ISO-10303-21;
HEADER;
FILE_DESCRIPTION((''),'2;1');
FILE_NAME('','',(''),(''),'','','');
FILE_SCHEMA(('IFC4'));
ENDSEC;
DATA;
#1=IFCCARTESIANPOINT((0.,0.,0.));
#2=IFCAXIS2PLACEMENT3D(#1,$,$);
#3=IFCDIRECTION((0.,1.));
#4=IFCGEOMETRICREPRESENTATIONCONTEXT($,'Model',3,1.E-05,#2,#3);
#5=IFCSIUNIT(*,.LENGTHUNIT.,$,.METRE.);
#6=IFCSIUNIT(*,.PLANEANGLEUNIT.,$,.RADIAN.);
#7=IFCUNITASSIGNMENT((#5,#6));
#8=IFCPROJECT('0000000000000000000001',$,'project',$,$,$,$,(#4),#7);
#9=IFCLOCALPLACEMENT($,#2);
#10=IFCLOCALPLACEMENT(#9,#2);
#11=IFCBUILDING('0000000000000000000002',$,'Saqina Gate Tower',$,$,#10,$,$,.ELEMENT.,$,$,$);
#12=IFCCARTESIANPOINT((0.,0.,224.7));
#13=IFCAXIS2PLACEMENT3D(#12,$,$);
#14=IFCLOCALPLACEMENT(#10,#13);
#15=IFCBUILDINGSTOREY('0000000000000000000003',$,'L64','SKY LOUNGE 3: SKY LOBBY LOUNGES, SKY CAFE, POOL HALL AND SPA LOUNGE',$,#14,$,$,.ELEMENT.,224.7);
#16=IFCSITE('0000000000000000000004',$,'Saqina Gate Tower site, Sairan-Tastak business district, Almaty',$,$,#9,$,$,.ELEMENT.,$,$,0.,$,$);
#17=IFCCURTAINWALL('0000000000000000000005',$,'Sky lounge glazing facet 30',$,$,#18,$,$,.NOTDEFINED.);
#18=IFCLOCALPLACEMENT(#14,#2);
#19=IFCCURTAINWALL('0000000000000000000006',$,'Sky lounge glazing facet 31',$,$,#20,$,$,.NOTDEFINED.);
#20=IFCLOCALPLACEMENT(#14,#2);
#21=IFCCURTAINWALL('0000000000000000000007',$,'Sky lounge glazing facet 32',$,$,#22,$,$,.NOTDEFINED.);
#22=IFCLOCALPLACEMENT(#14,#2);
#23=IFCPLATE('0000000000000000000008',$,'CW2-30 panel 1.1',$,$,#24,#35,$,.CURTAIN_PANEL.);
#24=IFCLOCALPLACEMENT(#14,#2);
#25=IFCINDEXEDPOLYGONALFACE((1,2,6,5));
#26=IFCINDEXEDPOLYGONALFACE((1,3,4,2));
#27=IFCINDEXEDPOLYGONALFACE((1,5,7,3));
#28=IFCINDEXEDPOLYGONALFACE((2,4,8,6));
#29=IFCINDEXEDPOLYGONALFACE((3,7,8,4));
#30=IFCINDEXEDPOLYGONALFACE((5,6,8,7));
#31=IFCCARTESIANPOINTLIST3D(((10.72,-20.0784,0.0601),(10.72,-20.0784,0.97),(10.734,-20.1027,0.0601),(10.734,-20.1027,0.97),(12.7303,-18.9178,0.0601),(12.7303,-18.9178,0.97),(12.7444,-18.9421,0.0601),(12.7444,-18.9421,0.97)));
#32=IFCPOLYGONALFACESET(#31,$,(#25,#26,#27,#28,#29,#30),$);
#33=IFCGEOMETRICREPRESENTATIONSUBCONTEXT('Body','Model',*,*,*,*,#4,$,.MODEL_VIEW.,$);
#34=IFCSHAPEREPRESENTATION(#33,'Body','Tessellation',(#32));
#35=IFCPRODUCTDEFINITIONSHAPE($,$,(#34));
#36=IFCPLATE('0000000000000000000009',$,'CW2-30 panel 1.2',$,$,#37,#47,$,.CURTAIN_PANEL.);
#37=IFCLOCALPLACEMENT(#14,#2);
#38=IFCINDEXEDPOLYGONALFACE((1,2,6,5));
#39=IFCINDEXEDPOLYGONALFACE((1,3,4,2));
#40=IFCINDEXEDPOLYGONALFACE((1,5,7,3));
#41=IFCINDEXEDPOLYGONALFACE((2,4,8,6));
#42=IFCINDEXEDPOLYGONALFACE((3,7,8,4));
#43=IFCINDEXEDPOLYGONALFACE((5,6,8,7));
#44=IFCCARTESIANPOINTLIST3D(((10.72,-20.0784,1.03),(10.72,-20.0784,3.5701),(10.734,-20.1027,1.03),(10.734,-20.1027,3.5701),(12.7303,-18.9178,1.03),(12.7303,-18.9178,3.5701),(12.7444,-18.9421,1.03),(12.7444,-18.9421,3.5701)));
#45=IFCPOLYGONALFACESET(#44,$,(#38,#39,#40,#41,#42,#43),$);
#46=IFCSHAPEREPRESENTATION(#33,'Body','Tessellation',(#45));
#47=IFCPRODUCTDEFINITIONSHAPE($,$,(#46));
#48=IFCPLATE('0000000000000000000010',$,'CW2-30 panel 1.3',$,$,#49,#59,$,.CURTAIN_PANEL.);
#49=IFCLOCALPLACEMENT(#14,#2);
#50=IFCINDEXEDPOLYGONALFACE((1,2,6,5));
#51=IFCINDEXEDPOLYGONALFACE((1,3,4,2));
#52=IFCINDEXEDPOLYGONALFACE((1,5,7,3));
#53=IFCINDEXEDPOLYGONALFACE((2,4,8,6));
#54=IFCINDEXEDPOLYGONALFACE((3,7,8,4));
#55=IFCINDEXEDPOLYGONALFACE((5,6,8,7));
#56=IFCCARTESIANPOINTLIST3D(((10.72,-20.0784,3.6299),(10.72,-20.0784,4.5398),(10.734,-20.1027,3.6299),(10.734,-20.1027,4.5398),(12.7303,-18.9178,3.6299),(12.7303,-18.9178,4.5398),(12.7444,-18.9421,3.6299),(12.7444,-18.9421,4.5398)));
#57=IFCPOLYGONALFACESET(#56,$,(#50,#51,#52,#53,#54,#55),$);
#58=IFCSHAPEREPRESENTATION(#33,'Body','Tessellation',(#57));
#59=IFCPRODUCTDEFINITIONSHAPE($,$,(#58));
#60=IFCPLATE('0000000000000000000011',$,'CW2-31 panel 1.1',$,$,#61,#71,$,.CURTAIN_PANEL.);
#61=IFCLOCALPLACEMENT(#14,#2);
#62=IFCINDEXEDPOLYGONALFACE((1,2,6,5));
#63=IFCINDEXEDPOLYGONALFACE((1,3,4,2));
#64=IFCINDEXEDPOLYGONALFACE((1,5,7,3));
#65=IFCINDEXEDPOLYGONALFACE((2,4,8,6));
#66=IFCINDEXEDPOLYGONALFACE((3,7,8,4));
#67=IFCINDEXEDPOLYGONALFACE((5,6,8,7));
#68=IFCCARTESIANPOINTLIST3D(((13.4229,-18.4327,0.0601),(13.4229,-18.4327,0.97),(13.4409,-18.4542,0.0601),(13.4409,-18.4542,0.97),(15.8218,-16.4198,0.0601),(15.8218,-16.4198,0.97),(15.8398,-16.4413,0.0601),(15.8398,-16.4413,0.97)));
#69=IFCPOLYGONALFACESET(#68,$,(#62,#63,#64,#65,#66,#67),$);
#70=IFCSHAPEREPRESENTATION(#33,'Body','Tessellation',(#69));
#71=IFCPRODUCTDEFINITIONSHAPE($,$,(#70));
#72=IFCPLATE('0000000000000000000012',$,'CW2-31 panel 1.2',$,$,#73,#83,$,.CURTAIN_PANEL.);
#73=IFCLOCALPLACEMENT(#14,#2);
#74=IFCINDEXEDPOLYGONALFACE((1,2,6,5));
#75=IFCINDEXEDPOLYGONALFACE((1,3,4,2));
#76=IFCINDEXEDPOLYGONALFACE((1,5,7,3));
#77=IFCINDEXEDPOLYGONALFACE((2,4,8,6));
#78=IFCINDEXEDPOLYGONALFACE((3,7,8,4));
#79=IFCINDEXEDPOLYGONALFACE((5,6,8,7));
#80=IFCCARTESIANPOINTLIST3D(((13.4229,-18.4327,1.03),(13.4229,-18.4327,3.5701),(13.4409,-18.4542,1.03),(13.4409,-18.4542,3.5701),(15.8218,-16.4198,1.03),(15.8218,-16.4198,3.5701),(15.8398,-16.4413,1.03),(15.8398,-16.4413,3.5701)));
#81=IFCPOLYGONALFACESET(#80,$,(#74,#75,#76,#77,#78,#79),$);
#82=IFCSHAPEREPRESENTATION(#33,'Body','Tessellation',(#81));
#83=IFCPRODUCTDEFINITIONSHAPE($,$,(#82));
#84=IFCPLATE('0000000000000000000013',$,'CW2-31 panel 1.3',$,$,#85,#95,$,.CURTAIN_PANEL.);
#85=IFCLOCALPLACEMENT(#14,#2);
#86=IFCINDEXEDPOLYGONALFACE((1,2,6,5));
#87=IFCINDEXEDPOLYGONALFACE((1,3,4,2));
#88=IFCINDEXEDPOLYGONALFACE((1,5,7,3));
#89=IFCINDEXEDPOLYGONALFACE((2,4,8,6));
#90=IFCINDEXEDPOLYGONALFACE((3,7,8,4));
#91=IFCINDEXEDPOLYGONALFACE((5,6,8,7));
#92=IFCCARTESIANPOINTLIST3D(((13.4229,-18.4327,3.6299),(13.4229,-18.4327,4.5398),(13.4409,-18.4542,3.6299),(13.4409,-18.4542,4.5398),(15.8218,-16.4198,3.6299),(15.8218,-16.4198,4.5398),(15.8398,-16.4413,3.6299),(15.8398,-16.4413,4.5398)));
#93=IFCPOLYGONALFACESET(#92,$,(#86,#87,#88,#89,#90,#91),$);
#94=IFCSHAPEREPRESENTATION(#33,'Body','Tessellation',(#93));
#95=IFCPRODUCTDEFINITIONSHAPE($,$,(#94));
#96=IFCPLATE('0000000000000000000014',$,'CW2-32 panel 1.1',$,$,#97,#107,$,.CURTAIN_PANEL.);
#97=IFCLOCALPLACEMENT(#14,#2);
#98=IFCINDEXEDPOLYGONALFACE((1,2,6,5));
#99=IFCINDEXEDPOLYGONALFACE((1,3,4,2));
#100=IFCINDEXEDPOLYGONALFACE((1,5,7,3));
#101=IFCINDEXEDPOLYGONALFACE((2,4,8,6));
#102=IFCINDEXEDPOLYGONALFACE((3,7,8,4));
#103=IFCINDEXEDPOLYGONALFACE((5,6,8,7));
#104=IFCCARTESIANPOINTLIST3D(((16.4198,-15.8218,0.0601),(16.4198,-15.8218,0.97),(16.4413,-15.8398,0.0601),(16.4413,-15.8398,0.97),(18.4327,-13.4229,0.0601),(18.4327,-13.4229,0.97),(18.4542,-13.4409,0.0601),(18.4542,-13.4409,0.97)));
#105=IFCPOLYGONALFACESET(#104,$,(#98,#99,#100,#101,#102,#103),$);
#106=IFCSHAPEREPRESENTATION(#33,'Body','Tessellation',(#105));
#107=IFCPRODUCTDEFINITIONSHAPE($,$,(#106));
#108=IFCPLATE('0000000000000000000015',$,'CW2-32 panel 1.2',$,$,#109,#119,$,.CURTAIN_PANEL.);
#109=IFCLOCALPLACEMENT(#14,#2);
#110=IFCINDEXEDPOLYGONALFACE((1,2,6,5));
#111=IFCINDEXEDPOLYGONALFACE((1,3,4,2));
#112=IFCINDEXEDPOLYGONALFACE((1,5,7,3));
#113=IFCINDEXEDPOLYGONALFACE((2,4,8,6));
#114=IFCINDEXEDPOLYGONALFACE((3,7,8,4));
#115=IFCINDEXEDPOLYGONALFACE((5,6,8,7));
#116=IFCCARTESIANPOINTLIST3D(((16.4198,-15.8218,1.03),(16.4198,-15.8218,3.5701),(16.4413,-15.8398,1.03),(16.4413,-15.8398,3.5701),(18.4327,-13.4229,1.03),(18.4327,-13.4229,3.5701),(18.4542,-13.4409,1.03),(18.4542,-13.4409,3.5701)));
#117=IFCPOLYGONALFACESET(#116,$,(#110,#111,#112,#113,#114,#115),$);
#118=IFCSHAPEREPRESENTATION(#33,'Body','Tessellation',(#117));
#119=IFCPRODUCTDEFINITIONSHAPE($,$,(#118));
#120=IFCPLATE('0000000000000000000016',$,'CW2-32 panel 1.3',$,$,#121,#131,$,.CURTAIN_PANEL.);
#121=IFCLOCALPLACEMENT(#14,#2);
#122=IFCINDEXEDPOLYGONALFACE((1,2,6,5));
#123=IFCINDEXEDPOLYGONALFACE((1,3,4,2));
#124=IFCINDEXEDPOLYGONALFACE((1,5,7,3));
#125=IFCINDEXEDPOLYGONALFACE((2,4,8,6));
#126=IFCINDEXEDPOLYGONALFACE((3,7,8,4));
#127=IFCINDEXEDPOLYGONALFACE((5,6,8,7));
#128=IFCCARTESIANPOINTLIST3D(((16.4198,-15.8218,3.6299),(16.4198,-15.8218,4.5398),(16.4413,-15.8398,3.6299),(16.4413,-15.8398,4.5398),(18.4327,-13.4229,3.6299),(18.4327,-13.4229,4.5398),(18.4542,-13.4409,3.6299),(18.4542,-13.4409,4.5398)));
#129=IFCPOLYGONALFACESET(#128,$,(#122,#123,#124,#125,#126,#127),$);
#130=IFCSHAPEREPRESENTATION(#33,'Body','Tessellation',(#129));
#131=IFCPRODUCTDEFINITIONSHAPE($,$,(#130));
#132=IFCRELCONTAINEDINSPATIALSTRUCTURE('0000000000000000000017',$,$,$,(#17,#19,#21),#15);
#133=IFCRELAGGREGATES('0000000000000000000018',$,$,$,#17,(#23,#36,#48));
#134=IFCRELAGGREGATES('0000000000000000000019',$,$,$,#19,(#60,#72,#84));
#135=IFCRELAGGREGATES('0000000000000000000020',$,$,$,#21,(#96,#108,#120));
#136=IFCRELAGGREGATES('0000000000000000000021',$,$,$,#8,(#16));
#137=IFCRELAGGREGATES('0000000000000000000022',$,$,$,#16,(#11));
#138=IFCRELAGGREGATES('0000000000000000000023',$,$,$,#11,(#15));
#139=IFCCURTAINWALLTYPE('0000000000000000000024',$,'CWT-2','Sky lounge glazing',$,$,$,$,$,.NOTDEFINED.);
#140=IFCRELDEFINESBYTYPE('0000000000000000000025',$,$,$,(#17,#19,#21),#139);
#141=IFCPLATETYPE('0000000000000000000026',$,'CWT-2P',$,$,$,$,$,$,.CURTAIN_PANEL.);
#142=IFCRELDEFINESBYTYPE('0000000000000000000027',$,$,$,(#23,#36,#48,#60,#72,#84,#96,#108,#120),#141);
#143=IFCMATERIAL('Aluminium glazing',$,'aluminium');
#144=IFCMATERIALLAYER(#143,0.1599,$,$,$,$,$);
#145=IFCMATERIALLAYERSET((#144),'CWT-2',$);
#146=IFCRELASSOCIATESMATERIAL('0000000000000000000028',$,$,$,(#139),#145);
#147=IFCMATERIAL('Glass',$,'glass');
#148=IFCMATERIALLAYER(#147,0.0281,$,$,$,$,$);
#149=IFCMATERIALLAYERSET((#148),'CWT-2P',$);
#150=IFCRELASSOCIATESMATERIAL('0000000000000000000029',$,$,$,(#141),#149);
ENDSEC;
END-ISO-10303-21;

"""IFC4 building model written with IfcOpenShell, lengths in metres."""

from ifc_helpers import new_model, si_unit, direction, frame, origin, origin_2d, place, context, subcontext, project, spatial, rectangle, extrude, material, layer, layer_set, type_object, element, aggregate, save


model = new_model("IFC4")

# Units and contexts
model_context = context("Model", 3, precision=1e-05, world=origin(), true_north=direction((0.0, 1.0)))
body_context = subcontext(model_context, "Body", "Model", "MODEL_VIEW")
ifc_project = project(units=[si_unit("LENGTHUNIT", "METRE"), si_unit("PLANEANGLEUNIT", "RADIAN")], contexts=[model_context])

# Site, building, storey
site_placement = place(None, origin())
site = spatial("IfcSite", under=ifc_project, at=site_placement, Name="Saqina Gate Tower site, Sairan-Tastak business district, Almaty", CompositionType="ELEMENT", RefElevation=0.0)
building_placement = place(site_placement, origin())
building = spatial("IfcBuilding", under=site, at=building_placement, Name="Saqina Gate Tower", CompositionType="ELEMENT")
storey_placement = place(building_placement, frame((0.0, 0.0, 224.7)))
storey = spatial("IfcBuildingStorey", under=building, at=storey_placement, Name="L64", Description="SKY LOUNGE 3: SKY LOBBY LOUNGES, SKY CAFE, POOL HALL AND SPA LOUNGE", CompositionType="ELEMENT", Elevation=224.7)

# Curtain wall
ifc_material_1 = material(Name="Aluminium glazing", Category="aluminium")
ifc_layer_1 = layer(ifc_material_1, 0.1599)
ifc_layer_set_1 = layer_set([ifc_layer_1], Name="CWT-2")
curtain_wall_type = type_object("IfcCurtainWallType", Name="CWT-2", Description="Sky lounge glazing", PredefinedType="NOTDEFINED", material=ifc_layer_set_1)
curtain_wall_1_placement = place(storey_placement, origin())
curtain_wall_1 = element("IfcCurtainWall", 1, at=curtain_wall_1_placement, inside=storey, type_object=curtain_wall_type, Name="Sky lounge glazing facet 30", PredefinedType="NOTDEFINED")

# Curtain wall
curtain_wall_2_placement = place(storey_placement, origin())
curtain_wall_2 = element("IfcCurtainWall", 2, at=curtain_wall_2_placement, inside=storey, type_object=curtain_wall_type, Name="Sky lounge glazing facet 31", PredefinedType="NOTDEFINED")

# Curtain wall
curtain_wall_3_placement = place(storey_placement, origin())
curtain_wall_3 = element("IfcCurtainWall", 3, at=curtain_wall_3_placement, inside=storey, type_object=curtain_wall_type, Name="Sky lounge glazing facet 32", PredefinedType="NOTDEFINED")

# Plates
ifc_material_2 = material(Name="Glass", Category="glass")
ifc_layer_2 = layer(ifc_material_2, 0.0281)
ifc_layer_set_2 = layer_set([ifc_layer_2], Name="CWT-2P")
plate_type = type_object("IfcPlateType", Name="CWT-2P", PredefinedType="CURTAIN_PANEL", material=ifc_layer_set_2)
plate_1_placement = place(storey_placement, frame((11.7322, -19.5103, 0.0601), z_axis=(0.0, 0.0, 1.0), x_axis=(0.866042, 0.499972, 0.0)))
plate_1 = element("IfcPlate", 4, at=plate_1_placement, type_object=plate_type, Name="CW2-30 panel 1.1", PredefinedType="CURTAIN_PANEL", context=body_context, shape_type="SweptSolid", body=[
    extrude(rectangle(XDim=2.3213, YDim=0.0281, at=origin_2d()), origin(), (0.0, 0.0, 1.0), 0.9099),
])
plate_2_placement = place(storey_placement, frame((11.7322, -19.5103, 1.03), z_axis=(0.0, 0.0, 1.0), x_axis=(0.866042, 0.499972, 0.0)))
plate_2 = element("IfcPlate", 5, at=plate_2_placement, type_object=plate_type, Name="CW2-30 panel 1.2", PredefinedType="CURTAIN_PANEL", context=body_context, shape_type="SweptSolid", body=[
    extrude(rectangle(XDim=2.3213, YDim=0.0281, at=origin_2d()), origin(), (0.0, 0.0, 1.0), 2.54),
])
plate_3_placement = place(storey_placement, frame((11.7322, -19.5103, 3.6299), z_axis=(0.0, 0.0, 1.0), x_axis=(0.866042, 0.499972, 0.0)))
plate_3 = element("IfcPlate", 6, at=plate_3_placement, type_object=plate_type, Name="CW2-30 panel 1.3", PredefinedType="CURTAIN_PANEL", context=body_context, shape_type="SweptSolid", body=[
    extrude(rectangle(XDim=2.3213, YDim=0.0281, at=origin_2d()), origin(), (0.0, 0.0, 1.0), 0.9099),
])
aggregate(curtain_wall_1, [plate_1, plate_2, plate_3])
plate_4_placement = place(storey_placement, frame((14.6313, -17.437, 0.0601), z_axis=(0.0, 0.0, 1.0), x_axis=(0.766046, 0.642785, 0.0)))
plate_4 = element("IfcPlate", 7, at=plate_4_placement, type_object=plate_type, Name="CW2-31 panel 1.1", PredefinedType="CURTAIN_PANEL", context=body_context, shape_type="SweptSolid", body=[
    extrude(rectangle(XDim=3.1316, YDim=0.0281, at=origin_2d()), origin(), (0.0, 0.0, 1.0), 0.9099),
])
plate_5_placement = place(storey_placement, frame((14.6313, -17.437, 1.03), z_axis=(0.0, 0.0, 1.0), x_axis=(0.766046, 0.642785, 0.0)))
plate_5 = element("IfcPlate", 8, at=plate_5_placement, type_object=plate_type, Name="CW2-31 panel 1.2", PredefinedType="CURTAIN_PANEL", context=body_context, shape_type="SweptSolid", body=[
    extrude(rectangle(XDim=3.1316, YDim=0.0281, at=origin_2d()), origin(), (0.0, 0.0, 1.0), 2.54),
])
plate_6_placement = place(storey_placement, frame((14.6313, -17.437, 3.6299), z_axis=(0.0, 0.0, 1.0), x_axis=(0.766046, 0.642785, 0.0)))
plate_6 = element("IfcPlate", 9, at=plate_6_placement, type_object=plate_type, Name="CW2-31 panel 1.3", PredefinedType="CURTAIN_PANEL", context=body_context, shape_type="SweptSolid", body=[
    extrude(rectangle(XDim=3.1316, YDim=0.0281, at=origin_2d()), origin(), (0.0, 0.0, 1.0), 0.9099),
])
aggregate(curtain_wall_2, [plate_4, plate_5, plate_6])
plate_7_placement = place(storey_placement, frame((17.437, -14.6313, 0.0601), z_axis=(0.0, 0.0, 1.0), x_axis=(0.642785, 0.766046, 0.0)))
plate_7 = element("IfcPlate", 10, at=plate_7_placement, type_object=plate_type, Name="CW2-32 panel 1.1", PredefinedType="CURTAIN_PANEL", context=body_context, shape_type="SweptSolid", body=[
    extrude(rectangle(XDim=3.1316, YDim=0.0281, at=origin_2d()), origin(), (0.0, 0.0, 1.0), 0.9099),
])
plate_8_placement = place(storey_placement, frame((17.437, -14.6313, 1.03), z_axis=(0.0, 0.0, 1.0), x_axis=(0.642785, 0.766046, 0.0)))
plate_8 = element("IfcPlate", 11, at=plate_8_placement, type_object=plate_type, Name="CW2-32 panel 1.2", PredefinedType="CURTAIN_PANEL", context=body_context, shape_type="SweptSolid", body=[
    extrude(rectangle(XDim=3.1316, YDim=0.0281, at=origin_2d()), origin(), (0.0, 0.0, 1.0), 2.54),
])
plate_9_placement = place(storey_placement, frame((17.437, -14.6313, 3.6299), z_axis=(0.0, 0.0, 1.0), x_axis=(0.642785, 0.766046, 0.0)))
plate_9 = element("IfcPlate", 12, at=plate_9_placement, type_object=plate_type, Name="CW2-32 panel 1.3", PredefinedType="CURTAIN_PANEL", context=body_context, shape_type="SweptSolid", body=[
    extrude(rectangle(XDim=3.1316, YDim=0.0281, at=origin_2d()), origin(), (0.0, 0.0, 1.0), 0.9099),
])
aggregate(curtain_wall_3, [plate_7, plate_8, plate_9])

save(model, "model.ifc")
